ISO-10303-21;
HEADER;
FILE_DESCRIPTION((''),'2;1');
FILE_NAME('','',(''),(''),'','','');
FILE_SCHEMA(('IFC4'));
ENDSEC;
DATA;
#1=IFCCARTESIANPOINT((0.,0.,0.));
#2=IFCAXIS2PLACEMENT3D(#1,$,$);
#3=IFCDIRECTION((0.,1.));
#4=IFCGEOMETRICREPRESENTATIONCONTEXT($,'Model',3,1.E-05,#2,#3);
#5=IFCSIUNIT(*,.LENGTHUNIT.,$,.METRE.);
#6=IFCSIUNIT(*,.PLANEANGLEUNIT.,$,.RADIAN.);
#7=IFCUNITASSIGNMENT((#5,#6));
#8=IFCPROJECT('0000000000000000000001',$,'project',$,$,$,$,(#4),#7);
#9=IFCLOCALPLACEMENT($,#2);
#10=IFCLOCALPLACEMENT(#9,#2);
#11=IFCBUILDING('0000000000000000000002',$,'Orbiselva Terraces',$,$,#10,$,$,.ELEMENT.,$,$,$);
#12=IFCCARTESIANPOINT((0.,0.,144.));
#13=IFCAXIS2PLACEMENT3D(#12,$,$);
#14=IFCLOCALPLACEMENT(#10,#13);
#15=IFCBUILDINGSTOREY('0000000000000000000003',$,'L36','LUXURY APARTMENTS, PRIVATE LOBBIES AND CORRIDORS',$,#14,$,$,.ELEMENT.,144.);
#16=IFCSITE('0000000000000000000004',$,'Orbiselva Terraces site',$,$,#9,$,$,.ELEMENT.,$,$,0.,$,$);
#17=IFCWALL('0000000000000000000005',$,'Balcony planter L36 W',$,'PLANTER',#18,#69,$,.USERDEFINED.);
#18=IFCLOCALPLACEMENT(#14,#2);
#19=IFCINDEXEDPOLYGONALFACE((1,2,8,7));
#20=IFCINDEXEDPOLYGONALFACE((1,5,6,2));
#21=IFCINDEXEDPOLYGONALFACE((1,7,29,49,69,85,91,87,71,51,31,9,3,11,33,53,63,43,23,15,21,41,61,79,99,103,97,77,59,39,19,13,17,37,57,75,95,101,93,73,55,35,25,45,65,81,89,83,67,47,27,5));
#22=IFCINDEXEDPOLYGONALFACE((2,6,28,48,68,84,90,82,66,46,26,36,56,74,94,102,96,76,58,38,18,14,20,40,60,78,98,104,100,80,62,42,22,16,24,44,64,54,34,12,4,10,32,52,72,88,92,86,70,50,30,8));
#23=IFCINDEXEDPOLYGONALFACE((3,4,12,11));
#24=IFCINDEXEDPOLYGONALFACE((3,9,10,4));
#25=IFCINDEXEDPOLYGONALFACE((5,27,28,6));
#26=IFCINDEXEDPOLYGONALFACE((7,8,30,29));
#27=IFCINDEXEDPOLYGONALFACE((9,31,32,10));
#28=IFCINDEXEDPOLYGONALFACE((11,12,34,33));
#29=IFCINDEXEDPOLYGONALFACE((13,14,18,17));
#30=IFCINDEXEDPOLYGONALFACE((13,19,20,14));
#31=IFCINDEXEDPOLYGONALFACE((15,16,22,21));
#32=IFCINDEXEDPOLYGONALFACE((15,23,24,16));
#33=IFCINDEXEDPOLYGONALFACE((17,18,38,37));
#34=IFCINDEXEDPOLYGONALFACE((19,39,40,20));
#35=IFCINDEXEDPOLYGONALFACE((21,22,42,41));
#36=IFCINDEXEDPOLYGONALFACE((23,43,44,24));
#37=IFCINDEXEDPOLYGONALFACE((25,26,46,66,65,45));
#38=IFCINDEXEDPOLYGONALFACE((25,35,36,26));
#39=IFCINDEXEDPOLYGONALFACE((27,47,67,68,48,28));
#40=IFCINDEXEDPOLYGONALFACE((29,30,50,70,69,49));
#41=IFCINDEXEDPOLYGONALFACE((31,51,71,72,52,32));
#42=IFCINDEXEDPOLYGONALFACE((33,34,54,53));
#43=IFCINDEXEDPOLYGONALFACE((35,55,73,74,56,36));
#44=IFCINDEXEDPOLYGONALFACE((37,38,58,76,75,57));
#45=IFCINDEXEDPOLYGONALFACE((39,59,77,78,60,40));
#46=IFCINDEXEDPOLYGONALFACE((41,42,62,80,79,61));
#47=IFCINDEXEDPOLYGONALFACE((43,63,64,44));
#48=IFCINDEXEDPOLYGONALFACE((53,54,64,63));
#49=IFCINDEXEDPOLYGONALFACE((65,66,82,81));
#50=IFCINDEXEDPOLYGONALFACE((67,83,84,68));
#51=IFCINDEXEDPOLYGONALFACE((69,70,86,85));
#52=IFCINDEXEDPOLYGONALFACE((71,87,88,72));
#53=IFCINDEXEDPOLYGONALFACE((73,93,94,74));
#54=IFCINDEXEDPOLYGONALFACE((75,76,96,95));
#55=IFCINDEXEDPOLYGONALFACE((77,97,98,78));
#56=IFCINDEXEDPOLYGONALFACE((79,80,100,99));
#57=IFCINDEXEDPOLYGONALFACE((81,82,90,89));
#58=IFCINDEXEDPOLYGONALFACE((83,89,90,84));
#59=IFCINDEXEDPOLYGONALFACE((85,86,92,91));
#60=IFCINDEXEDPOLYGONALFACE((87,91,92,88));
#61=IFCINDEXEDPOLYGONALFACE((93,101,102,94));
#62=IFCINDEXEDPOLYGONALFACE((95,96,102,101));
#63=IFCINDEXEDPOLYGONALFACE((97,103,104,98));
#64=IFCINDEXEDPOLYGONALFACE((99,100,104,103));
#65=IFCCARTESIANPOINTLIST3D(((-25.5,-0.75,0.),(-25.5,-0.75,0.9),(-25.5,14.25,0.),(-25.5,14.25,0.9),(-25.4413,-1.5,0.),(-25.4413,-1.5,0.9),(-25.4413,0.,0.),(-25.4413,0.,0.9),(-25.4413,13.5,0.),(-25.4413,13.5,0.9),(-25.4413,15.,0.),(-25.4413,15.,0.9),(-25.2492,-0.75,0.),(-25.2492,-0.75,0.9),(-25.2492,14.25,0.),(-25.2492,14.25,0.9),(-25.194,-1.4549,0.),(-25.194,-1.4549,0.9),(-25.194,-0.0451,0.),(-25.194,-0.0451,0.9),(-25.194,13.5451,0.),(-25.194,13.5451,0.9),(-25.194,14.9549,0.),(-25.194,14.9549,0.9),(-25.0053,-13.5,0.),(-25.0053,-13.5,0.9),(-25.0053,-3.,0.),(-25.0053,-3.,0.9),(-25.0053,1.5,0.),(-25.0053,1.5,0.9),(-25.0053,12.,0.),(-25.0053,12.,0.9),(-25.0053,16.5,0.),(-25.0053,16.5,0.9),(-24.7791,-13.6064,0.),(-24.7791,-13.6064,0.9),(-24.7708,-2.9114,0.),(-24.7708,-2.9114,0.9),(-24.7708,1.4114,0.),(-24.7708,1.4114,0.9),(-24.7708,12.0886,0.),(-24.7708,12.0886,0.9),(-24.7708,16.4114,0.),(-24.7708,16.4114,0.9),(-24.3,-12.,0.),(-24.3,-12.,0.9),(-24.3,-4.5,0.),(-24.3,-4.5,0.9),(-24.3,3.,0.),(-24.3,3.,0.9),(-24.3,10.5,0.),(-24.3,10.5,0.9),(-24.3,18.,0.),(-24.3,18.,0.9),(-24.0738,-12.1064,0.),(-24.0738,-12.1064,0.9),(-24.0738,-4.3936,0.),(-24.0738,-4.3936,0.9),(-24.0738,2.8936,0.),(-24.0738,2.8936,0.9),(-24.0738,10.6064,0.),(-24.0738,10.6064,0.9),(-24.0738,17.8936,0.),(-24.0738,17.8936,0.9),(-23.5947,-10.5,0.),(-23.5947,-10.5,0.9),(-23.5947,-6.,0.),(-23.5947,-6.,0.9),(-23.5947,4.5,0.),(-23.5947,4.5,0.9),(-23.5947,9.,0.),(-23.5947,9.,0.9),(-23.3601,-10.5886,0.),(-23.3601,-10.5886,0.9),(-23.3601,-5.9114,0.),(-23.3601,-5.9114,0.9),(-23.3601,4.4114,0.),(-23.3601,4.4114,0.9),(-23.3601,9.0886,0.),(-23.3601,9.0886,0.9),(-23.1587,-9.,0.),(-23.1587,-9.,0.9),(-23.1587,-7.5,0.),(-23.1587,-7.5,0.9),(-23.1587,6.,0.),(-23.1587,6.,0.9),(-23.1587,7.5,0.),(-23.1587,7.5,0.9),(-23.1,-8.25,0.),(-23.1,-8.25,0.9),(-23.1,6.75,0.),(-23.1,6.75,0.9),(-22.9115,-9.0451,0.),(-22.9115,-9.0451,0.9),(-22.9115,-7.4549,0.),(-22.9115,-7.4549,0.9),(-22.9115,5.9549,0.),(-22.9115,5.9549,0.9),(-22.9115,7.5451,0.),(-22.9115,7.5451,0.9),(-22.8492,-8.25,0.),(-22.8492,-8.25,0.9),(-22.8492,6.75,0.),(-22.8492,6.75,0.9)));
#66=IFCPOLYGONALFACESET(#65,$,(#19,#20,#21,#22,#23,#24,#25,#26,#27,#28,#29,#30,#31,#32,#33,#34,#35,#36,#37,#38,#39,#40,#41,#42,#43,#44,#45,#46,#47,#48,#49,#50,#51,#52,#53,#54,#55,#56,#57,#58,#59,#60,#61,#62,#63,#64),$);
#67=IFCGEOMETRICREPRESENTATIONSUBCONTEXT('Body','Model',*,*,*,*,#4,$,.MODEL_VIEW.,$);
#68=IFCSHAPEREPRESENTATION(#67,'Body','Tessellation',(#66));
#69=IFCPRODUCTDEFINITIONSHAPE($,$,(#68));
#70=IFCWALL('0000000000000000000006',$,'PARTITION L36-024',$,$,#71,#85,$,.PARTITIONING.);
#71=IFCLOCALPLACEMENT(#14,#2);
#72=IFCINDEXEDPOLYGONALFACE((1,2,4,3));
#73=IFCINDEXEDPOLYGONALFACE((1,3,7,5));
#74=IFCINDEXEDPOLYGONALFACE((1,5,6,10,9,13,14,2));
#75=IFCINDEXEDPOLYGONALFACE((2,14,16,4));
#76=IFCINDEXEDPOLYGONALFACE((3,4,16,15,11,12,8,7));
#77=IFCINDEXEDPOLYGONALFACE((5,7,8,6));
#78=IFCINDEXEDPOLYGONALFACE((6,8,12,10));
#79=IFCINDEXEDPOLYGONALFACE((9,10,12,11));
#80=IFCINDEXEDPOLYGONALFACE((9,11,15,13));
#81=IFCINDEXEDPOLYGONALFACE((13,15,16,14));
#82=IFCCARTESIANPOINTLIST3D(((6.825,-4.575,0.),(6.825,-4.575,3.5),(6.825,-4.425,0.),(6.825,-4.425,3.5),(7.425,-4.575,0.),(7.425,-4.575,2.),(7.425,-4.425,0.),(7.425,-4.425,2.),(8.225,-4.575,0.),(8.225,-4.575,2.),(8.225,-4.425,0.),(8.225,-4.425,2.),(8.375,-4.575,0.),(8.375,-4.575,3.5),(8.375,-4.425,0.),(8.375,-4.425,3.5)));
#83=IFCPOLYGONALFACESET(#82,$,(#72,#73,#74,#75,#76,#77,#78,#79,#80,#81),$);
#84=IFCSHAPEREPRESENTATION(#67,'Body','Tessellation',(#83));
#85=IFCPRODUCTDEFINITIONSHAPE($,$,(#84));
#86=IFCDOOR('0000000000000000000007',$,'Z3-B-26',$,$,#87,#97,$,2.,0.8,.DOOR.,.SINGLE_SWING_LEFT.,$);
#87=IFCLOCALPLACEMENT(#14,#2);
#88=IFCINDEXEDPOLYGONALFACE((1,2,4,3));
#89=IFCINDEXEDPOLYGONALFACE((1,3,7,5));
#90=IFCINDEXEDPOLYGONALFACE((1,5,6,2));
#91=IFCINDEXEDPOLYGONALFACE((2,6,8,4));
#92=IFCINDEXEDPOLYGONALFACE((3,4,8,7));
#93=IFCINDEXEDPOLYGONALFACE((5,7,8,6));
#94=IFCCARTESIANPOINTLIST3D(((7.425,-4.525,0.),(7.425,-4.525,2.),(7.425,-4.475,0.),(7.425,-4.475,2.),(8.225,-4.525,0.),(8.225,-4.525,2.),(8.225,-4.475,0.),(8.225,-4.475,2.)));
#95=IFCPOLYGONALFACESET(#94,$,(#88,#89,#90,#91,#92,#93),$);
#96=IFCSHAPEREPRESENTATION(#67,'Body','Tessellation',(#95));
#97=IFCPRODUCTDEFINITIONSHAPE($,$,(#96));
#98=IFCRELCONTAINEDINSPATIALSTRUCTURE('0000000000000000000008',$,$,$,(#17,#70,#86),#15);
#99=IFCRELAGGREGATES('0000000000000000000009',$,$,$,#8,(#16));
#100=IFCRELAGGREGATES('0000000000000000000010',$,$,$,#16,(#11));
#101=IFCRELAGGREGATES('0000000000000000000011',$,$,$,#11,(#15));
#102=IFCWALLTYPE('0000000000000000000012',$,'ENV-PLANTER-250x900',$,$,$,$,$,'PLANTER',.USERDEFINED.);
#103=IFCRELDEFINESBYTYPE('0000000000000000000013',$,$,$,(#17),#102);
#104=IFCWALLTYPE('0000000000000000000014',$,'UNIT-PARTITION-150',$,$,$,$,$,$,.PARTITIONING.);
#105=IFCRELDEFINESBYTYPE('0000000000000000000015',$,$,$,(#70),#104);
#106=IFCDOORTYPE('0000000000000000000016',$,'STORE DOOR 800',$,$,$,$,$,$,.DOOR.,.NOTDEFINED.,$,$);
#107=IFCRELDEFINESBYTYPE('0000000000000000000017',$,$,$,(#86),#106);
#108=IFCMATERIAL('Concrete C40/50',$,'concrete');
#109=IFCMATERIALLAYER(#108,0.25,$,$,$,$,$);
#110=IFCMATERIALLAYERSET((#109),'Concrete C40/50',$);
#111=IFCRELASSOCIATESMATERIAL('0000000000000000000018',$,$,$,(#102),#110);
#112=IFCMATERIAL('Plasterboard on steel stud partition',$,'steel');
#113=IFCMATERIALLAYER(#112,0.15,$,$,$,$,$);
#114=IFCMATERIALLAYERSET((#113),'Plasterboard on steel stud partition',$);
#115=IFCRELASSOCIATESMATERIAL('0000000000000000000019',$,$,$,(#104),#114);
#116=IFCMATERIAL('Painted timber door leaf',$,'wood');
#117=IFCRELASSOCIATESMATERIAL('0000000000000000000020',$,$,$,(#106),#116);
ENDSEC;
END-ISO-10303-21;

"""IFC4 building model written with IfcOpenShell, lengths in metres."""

from ifc_helpers import new_model, si_unit, direction, frame, frame_2d, origin, place, context, subcontext, project, spatial, polyline, rectangle, outline, extrude, material, layer, layer_set, type_object, element, fill, save


model = new_model("IFC4")

# Units and contexts
model_context = context("Model", 3, precision=1e-05, world=origin(), true_north=direction((0.0, 1.0)))
body_context = subcontext(model_context, "Body", "Model", "MODEL_VIEW")
ifc_project = project(units=[si_unit("LENGTHUNIT", "METRE"), si_unit("PLANEANGLEUNIT", "RADIAN")], contexts=[model_context])

# Site, building, storey
site_placement = place(None, origin())
site = spatial("IfcSite", under=ifc_project, at=site_placement, Name="Orbiselva Terraces site", CompositionType="ELEMENT", RefElevation=0.0)
building_placement = place(site_placement, origin())
building = spatial("IfcBuilding", under=site, at=building_placement, Name="Orbiselva Terraces", CompositionType="ELEMENT")
storey_placement = place(building_placement, frame((0.0, 0.0, 144.0)))
storey = spatial("IfcBuildingStorey", under=building, at=storey_placement, Name="L36", Description="LUXURY APARTMENTS, PRIVATE LOBBIES AND CORRIDORS", CompositionType="ELEMENT", Elevation=144.0)

# Shared definitions
ifc_material_1 = material(Name="Concrete C40/50", Category="concrete")

# Wall
ifc_layer_1 = layer(ifc_material_1, 0.25)
ifc_layer_set_1 = layer_set([ifc_layer_1], Name="Concrete C40/50")
wall_type_1 = type_object("IfcWallType", Name="ENV-PLANTER-250x900", ElementType="PLANTER", PredefinedType="USERDEFINED", material=ifc_layer_set_1)
wall_1_placement = place(storey_placement, origin())
element("IfcWall", 1, at=wall_1_placement, inside=storey, type_object=wall_type_1, Name="Balcony planter L36 W", ObjectType="PLANTER", PredefinedType="USERDEFINED", context=body_context, shape_type="SweptSolid", body=[
    extrude(outline(polyline([(-24.3, 18.0), (-25.0053, 16.5), (-25.4413, 15.0), (-25.5, 14.25), (-25.4413, 13.5), (-25.0053, 12.0), (-24.3, 10.5), (-23.5947, 9.0), (-23.1587, 7.5), (-23.1, 6.75), (-23.1587, 6.0), (-23.5947, 4.5), (-24.3, 3.0), (-25.0053, 1.5), (-25.4413, 0.0), (-25.5, -0.75), (-25.4413, -1.5), (-25.0053, -3.0), (-24.3, -4.5), (-23.5947, -6.0), (-23.1587, -7.5), (-23.1, -8.25), (-23.1587, -9.0), (-23.5947, -10.5), (-24.3, -12.0), (-25.0053, -13.5), (-24.7791, -13.6064), (-24.0738, -12.1064), (-23.3601, -10.5886), (-22.9115, -9.0451), (-22.8492, -8.25), (-22.9115, -7.4549), (-23.3601, -5.9114), (-24.0738, -4.3936), (-24.7708, -2.9114), (-25.194, -1.4549), (-25.2492, -0.75), (-25.194, -0.0451), (-24.7708, 1.4114), (-24.0738, 2.8936), (-23.3601, 4.4114), (-22.9115, 5.9549), (-22.8492, 6.75), (-22.9115, 7.5451), (-23.3601, 9.0886), (-24.0738, 10.6064), (-24.7708, 12.0886), (-25.194, 13.5451), (-25.2492, 14.25), (-25.194, 14.9549), (-24.7708, 16.4114), (-24.0738, 17.8936), (-24.3, 18.0)])), origin(), (0.0, 0.0, 1.0), 0.9),
])

# Wall, opening, door
ifc_material_2 = material(Name="Plasterboard on steel stud partition", Category="steel")
ifc_layer_2 = layer(ifc_material_2, 0.15)
ifc_layer_set_2 = layer_set([ifc_layer_2], Name="Plasterboard on steel stud partition")
wall_type_2 = type_object("IfcWallType", Name="UNIT-PARTITION-150", PredefinedType="PARTITIONING", material=ifc_layer_set_2)
wall_2_placement = place(storey_placement, frame((8.375, -4.5, 0.0), z_axis=(0.0, 0.0, 1.0), x_axis=(-1.0, 0.0, 0.0)))
wall_2 = element("IfcWall", 2, at=wall_2_placement, inside=storey, type_object=wall_type_2, Name="PARTITION L36-024", PredefinedType="PARTITIONING", context=body_context, shape_type="SweptSolid", body=[
    extrude(rectangle(XDim=1.55, YDim=0.15, at=frame_2d((0.775, 0.0))), origin(), (0.0, 0.0, 1.0), 3.5),
])
opening_placement = place(wall_2_placement, frame((0.15, 0.0, 0.0)))
opening = element("IfcOpeningElement", 3, at=opening_placement, cuts=wall_2, PredefinedType="OPENING", context=body_context, shape_type="SweptSolid", body=[
    extrude(rectangle(XDim=0.8, YDim=2.0, at=frame_2d((0.4, 1.0))), frame((0.0, 0.085, 0.0), z_axis=(0.0, -1.0, 0.0), x_axis=(1.0, 0.0, 0.0)), (0.0, 0.0, 1.0), 0.17),
])
ifc_material_3 = material(Name="Painted timber door leaf", Category="wood")
door_type = type_object("IfcDoorType", Name="STORE DOOR 800", OperationType="NOTDEFINED", PredefinedType="DOOR", material=ifc_material_3)
door_placement = place(opening_placement, origin())
door = element("IfcDoor", 4, at=door_placement, inside=storey, type_object=door_type, Name="Z3-B-26", OperationType="SINGLE_SWING_LEFT", OverallHeight=2.0, OverallWidth=0.8, PredefinedType="DOOR", context=body_context, shape_type="SweptSolid", body=[
    extrude(rectangle(XDim=0.8, YDim=2.0, at=frame_2d((0.4, 1.0))), frame((0.0, 0.025, 0.0), z_axis=(0.0, -1.0, 0.0), x_axis=(1.0, 0.0, 0.0)), (0.0, 0.0, 1.0), 0.05),
])
fill(opening, door)

save(model, "model.ifc")
